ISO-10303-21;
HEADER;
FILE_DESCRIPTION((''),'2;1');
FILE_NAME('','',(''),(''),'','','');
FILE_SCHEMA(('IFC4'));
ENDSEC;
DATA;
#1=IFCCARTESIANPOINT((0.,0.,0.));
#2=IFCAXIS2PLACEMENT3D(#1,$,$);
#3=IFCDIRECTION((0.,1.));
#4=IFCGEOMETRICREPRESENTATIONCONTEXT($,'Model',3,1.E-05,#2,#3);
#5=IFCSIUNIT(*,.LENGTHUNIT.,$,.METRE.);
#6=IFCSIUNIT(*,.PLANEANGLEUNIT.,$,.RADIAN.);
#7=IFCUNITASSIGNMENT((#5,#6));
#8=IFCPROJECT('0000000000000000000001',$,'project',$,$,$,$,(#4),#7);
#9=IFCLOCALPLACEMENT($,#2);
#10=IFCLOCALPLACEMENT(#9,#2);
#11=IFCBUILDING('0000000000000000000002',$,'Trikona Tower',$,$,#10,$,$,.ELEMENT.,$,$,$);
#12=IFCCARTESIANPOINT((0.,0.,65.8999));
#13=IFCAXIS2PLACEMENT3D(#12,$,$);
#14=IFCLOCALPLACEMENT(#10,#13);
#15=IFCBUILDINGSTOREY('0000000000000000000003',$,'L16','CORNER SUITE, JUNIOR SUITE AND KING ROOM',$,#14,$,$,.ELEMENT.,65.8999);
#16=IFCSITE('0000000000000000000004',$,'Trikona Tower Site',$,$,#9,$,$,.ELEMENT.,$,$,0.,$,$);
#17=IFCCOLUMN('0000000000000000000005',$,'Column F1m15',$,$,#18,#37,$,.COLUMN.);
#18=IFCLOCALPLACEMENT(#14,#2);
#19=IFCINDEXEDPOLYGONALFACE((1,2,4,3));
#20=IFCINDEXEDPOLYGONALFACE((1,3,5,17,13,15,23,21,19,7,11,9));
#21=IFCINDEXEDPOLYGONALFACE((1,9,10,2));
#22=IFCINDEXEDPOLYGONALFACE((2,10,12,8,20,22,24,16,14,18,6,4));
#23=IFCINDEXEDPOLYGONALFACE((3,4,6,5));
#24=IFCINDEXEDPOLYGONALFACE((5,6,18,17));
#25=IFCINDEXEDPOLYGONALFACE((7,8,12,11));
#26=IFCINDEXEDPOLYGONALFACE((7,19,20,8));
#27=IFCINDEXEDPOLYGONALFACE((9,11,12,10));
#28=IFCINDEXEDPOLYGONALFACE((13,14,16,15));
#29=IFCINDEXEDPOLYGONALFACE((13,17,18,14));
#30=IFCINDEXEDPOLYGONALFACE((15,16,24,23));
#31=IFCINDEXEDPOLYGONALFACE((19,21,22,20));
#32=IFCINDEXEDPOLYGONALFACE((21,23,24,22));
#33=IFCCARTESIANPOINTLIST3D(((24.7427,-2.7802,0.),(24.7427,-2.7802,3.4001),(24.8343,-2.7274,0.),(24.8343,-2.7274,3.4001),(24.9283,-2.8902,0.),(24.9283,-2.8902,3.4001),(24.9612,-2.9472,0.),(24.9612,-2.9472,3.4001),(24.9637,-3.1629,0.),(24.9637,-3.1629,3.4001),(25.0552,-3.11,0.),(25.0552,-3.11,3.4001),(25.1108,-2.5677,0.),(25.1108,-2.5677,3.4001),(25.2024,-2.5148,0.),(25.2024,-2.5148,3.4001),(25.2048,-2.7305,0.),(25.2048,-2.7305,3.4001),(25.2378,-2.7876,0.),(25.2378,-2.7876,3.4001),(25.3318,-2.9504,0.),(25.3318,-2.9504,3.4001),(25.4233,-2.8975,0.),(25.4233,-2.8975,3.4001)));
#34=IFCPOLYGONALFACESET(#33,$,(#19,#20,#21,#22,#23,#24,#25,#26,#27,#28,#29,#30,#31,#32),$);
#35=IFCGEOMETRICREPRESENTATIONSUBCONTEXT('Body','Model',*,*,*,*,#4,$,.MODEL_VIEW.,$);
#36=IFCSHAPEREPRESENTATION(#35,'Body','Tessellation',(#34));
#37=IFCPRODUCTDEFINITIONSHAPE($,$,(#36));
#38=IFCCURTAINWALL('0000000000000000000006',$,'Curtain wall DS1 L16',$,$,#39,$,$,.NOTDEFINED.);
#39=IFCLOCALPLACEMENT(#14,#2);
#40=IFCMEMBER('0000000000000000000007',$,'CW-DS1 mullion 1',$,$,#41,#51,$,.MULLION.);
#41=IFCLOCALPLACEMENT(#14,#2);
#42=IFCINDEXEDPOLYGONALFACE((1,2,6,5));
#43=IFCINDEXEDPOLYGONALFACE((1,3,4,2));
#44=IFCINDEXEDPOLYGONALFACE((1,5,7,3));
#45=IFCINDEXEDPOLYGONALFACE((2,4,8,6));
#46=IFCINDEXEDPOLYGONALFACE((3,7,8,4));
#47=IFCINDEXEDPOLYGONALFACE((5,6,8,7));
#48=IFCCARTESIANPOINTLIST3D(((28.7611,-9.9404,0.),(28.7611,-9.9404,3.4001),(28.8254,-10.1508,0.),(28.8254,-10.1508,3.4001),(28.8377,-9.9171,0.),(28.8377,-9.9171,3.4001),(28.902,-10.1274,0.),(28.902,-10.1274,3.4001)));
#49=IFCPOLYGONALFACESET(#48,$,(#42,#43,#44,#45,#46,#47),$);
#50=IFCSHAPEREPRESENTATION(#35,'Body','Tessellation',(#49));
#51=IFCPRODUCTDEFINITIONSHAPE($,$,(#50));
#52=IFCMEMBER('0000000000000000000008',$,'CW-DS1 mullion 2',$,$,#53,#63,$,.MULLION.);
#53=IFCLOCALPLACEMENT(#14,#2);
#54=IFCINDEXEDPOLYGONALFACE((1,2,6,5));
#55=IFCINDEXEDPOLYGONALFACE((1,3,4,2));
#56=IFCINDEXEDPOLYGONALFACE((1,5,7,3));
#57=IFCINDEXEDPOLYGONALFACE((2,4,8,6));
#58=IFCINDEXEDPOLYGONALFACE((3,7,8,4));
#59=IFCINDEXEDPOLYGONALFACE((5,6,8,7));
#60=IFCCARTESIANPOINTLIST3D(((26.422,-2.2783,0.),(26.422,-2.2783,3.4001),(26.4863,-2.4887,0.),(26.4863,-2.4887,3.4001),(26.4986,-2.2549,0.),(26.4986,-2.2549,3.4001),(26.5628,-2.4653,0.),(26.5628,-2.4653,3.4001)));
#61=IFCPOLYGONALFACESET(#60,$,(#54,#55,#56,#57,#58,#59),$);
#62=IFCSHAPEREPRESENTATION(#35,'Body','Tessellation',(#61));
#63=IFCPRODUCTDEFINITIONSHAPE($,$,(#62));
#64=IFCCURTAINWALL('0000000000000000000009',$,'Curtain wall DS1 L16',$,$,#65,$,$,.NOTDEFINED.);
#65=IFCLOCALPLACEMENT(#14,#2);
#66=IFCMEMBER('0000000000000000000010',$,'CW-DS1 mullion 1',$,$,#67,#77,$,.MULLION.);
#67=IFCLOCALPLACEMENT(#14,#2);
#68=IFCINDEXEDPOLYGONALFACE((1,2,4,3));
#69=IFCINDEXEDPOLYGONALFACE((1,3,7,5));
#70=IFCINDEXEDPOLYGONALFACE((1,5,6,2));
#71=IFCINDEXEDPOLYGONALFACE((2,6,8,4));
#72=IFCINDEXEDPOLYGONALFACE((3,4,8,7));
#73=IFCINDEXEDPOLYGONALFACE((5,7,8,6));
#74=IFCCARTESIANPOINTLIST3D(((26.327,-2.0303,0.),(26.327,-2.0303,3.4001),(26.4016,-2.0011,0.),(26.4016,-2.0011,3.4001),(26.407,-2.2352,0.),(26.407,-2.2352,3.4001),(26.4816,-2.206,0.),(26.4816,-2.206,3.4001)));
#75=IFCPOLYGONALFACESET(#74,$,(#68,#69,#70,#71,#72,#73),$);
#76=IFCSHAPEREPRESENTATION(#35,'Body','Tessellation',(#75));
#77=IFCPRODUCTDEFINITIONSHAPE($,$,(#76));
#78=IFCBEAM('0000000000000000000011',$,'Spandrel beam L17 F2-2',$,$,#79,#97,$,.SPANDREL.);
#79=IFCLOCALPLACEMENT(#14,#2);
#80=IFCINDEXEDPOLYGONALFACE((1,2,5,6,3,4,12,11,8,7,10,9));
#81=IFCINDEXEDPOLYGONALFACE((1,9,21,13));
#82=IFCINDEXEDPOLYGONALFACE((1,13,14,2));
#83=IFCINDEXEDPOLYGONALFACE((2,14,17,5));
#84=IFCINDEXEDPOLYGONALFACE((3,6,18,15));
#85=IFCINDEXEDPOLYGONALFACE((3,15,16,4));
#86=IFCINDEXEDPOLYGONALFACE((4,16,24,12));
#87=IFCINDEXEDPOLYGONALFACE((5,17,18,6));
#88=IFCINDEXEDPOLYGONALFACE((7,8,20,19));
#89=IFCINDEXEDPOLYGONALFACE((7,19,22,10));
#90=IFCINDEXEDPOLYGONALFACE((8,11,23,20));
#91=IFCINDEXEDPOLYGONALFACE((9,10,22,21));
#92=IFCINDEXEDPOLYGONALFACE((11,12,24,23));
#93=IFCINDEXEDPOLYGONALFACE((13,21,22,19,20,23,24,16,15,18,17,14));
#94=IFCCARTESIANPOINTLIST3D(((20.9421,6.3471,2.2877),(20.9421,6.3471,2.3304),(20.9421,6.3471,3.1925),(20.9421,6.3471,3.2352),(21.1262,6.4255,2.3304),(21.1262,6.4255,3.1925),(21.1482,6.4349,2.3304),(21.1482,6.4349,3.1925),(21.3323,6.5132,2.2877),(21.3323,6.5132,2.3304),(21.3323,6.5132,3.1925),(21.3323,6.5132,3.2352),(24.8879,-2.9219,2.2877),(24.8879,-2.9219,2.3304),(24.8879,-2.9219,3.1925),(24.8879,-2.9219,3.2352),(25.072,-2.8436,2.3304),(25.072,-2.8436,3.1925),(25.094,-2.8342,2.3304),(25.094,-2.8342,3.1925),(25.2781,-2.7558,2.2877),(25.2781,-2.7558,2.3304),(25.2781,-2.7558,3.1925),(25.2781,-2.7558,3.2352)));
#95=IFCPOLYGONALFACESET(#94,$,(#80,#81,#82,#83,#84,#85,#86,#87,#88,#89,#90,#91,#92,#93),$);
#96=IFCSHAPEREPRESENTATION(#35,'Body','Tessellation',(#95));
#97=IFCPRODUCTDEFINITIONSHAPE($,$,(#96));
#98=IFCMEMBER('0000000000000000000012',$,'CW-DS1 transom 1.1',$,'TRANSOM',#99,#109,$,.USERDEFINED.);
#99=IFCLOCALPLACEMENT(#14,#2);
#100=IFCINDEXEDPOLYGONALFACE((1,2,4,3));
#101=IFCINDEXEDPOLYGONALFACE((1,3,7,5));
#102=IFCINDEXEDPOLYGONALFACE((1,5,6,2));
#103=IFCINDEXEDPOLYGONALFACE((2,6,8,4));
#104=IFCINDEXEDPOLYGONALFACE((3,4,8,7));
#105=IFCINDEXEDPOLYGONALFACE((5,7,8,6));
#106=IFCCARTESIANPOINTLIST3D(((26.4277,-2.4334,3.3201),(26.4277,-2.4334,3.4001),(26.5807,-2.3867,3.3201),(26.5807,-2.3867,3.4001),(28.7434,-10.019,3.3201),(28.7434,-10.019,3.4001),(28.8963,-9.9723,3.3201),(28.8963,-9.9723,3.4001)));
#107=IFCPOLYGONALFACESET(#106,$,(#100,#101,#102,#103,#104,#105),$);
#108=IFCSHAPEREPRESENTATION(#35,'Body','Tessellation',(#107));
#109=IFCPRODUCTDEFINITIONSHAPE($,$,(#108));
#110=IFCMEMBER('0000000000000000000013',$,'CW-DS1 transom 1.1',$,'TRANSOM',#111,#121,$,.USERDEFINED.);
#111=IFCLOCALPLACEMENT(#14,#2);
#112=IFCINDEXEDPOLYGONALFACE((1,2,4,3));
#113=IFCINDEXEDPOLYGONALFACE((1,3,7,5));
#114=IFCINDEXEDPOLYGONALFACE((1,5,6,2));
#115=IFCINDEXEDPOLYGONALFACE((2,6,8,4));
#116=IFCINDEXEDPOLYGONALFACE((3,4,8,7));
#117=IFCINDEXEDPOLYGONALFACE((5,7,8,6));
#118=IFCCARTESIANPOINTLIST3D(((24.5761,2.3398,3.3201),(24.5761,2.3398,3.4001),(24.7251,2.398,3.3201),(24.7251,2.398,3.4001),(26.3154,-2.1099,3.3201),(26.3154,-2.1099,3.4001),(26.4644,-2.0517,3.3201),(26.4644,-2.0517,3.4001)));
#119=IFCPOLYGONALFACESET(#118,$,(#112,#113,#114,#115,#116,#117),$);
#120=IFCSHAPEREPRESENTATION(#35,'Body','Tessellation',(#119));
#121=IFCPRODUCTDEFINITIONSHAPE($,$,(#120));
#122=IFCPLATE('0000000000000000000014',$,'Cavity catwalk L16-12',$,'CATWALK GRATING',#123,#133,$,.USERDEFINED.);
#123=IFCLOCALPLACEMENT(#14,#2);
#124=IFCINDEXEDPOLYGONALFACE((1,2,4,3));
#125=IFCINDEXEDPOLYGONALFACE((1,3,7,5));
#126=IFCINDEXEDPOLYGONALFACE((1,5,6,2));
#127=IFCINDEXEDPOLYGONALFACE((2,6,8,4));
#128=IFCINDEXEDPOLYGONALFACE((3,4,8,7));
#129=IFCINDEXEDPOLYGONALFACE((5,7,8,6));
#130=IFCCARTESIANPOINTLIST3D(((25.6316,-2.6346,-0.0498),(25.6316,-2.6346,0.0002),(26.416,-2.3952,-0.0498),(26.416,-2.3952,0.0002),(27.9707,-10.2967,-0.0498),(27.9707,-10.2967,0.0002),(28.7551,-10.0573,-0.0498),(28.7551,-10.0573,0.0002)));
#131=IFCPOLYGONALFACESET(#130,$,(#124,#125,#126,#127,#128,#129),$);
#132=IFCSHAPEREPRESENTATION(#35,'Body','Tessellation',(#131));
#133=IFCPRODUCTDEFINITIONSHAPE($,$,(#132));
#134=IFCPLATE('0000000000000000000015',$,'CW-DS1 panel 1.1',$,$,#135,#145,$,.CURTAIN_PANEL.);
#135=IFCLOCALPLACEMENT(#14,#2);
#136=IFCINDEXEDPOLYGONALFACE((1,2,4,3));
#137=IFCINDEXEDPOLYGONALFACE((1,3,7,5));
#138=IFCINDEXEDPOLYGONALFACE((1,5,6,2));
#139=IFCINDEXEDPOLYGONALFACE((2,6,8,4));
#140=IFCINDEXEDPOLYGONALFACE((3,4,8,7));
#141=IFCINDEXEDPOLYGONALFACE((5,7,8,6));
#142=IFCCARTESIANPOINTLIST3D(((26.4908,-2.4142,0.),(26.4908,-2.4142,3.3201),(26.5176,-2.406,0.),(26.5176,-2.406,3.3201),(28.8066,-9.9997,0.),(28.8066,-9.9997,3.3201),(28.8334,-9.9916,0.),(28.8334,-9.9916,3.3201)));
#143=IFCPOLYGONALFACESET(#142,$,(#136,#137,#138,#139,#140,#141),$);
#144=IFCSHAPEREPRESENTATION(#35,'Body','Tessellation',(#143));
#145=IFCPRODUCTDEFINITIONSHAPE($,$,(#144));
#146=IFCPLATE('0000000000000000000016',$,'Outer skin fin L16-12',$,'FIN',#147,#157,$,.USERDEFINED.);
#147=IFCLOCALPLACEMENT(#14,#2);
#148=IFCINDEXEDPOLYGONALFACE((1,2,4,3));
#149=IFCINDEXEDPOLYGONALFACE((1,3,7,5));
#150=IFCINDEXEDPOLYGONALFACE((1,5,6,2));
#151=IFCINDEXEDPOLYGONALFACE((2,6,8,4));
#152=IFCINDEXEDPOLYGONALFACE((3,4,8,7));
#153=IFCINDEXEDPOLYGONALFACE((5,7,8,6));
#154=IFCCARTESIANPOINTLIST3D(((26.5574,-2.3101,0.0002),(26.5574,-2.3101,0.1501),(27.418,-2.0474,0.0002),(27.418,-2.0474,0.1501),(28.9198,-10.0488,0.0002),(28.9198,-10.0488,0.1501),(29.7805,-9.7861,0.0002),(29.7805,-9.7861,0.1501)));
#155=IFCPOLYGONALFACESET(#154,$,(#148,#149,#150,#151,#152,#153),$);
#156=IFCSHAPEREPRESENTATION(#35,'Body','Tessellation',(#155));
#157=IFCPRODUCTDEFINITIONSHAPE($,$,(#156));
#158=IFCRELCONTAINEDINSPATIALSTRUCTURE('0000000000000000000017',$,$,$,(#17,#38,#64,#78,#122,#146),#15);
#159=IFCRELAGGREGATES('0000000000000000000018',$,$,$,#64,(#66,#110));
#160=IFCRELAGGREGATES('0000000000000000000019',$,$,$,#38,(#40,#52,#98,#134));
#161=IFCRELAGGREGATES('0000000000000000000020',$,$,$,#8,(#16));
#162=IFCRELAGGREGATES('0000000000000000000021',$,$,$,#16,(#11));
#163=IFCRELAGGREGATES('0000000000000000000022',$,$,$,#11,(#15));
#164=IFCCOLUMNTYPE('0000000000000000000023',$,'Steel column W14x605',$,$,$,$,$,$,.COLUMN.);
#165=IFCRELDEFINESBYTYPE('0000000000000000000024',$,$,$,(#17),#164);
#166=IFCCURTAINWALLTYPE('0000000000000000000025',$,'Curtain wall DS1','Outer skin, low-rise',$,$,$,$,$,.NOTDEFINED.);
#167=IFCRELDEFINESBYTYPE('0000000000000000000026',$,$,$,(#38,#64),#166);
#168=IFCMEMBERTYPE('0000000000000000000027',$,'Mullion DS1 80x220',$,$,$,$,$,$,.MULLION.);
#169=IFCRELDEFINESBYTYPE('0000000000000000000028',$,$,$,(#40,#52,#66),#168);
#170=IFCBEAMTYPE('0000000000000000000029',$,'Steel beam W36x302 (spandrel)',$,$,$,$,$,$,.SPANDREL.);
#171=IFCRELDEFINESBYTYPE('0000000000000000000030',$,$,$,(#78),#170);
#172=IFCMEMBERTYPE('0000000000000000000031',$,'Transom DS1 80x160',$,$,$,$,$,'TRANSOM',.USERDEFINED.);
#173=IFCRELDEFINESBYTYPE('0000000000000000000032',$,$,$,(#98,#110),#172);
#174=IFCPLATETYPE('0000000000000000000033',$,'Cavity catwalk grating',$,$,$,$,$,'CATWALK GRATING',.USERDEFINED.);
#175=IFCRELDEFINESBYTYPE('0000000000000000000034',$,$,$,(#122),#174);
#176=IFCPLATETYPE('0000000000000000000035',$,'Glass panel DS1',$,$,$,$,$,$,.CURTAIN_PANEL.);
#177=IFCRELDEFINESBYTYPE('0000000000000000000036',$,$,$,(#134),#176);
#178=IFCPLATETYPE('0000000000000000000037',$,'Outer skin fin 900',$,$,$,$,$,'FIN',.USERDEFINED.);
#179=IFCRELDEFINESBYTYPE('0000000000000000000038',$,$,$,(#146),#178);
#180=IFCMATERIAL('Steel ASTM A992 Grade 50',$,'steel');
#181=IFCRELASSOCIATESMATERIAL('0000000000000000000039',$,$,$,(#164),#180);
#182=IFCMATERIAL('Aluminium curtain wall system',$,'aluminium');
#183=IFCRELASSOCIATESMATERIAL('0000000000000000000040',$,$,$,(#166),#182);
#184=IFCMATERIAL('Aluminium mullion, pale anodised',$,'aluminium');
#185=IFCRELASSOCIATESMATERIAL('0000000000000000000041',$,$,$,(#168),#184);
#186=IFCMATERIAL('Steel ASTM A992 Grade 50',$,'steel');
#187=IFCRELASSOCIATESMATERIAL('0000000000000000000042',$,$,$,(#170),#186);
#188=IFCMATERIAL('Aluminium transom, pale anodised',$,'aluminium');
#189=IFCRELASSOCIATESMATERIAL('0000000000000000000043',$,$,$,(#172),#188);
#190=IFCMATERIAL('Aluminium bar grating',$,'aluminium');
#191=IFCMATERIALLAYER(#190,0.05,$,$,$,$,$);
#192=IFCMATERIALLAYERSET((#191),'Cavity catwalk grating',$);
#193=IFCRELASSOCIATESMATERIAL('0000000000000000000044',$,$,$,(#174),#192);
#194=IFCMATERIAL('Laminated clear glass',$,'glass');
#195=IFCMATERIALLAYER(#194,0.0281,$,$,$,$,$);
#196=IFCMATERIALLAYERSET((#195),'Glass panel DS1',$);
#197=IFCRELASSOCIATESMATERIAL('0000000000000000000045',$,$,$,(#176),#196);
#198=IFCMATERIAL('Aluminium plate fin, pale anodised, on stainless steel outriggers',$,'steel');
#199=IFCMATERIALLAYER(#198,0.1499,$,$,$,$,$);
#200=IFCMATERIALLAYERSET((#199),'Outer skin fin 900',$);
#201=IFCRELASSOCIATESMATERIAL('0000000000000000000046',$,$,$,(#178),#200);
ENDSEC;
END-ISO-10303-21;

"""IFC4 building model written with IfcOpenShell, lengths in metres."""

from ifc_helpers import new_model, si_unit, direction, frame, origin, origin_2d, place, context, subcontext, project, spatial, rectangle, i_section, extrude, material, layer, layer_set, material_profile, profile_set, type_object, element, aggregate, save


model = new_model("IFC4")

# Units and contexts
model_context = context("Model", 3, precision=1e-05, world=origin(), true_north=direction((0.0, 1.0)))
body_context = subcontext(model_context, "Body", "Model", "MODEL_VIEW")
ifc_project = project(units=[si_unit("LENGTHUNIT", "METRE"), si_unit("PLANEANGLEUNIT", "RADIAN")], contexts=[model_context])

# Site, building, storey
site_placement = place(None, origin())
site = spatial("IfcSite", under=ifc_project, at=site_placement, Name="Trikona Tower Site", CompositionType="ELEMENT", RefElevation=0.0)
building_placement = place(site_placement, origin())
building = spatial("IfcBuilding", under=site, at=building_placement, Name="Trikona Tower", CompositionType="ELEMENT")
storey_placement = place(building_placement, frame((0.0, 0.0, 65.8999)))
storey = spatial("IfcBuildingStorey", under=building, at=storey_placement, Name="L16", Description="CORNER SUITE, JUNIOR SUITE AND KING ROOM", CompositionType="ELEMENT", Elevation=65.8999)

# Column
ifc_material_1 = material(Name="Steel ASTM A992 Grade 50", Category="steel")
ifc_material_profile_1 = material_profile(ifc_material_1, i_section(OverallWidth=0.4419, OverallDepth=0.5308, WebThickness=0.0659, FlangeThickness=0.1057, at=origin_2d()), Name="W14X605")
ifc_profile_set_1 = profile_set([ifc_material_profile_1], Name="Steel ASTM A992 Grade 50")
column_type = type_object("IfcColumnType", Name="Steel column W14x605", PredefinedType="COLUMN", material=ifc_profile_set_1)
column_placement = place(storey_placement, frame((25.083, -2.8389, 0.0), z_axis=(0.0, 0.0, 1.0), x_axis=(-0.5, 0.866025, 0.0)))
element("IfcColumn", 1, at=column_placement, inside=storey, type_object=column_type, Name="Column F1m15", PredefinedType="COLUMN", context=body_context, shape_type="SweptSolid", body=[
    extrude(i_section(OverallWidth=0.4419, OverallDepth=0.5308, WebThickness=0.0659, FlangeThickness=0.1057, at=origin_2d()), origin(), (0.0, 0.0, 1.0), 3.4001),
])

# Curtain wall, members
ifc_material_2 = material(Name="Aluminium curtain wall system", Category="aluminium")
curtain_wall_type = type_object("IfcCurtainWallType", Name="Curtain wall DS1", Description="Outer skin, low-rise", PredefinedType="NOTDEFINED", material=ifc_material_2)
curtain_wall_1_placement = place(storey_placement, origin())
curtain_wall_1 = element("IfcCurtainWall", 2, at=curtain_wall_1_placement, inside=storey, type_object=curtain_wall_type, Name="Curtain wall DS1 L16", PredefinedType="NOTDEFINED")
ifc_material_3 = material(Name="Aluminium mullion, pale anodised", Category="aluminium")
ifc_material_profile_2 = material_profile(ifc_material_3, rectangle(XDim=0.0801, YDim=0.22, at=origin_2d()), Name="MUL-DS1")
ifc_profile_set_2 = profile_set([ifc_material_profile_2], Name="Aluminium mullion, pale anodised")
member_type_1 = type_object("IfcMemberType", Name="Mullion DS1 80x220", PredefinedType="MULLION", material=ifc_profile_set_2)
member_1_placement = place(storey_placement, frame((28.8315, -10.0339, 0.0), z_axis=(0.0, 0.0, 1.0), x_axis=(-0.956423, -0.291984, 0.0)))
member_1 = element("IfcMember", 3, at=member_1_placement, type_object=member_type_1, Name="CW-DS1 mullion 1", PredefinedType="MULLION", context=body_context, shape_type="SweptSolid", body=[
    extrude(rectangle(XDim=0.0801, YDim=0.22, at=origin_2d()), origin(), (0.0, 0.0, 1.0), 3.4001),
])
member_2_placement = place(storey_placement, frame((26.4924, -2.3718, 0.0), z_axis=(0.0, 0.0, 1.0), x_axis=(-0.956423, -0.291984, 0.0)))
member_2 = element("IfcMember", 4, at=member_2_placement, type_object=member_type_1, Name="CW-DS1 mullion 2", PredefinedType="MULLION", context=body_context, shape_type="SweptSolid", body=[
    extrude(rectangle(XDim=0.0801, YDim=0.22, at=origin_2d()), origin(), (0.0, 0.0, 1.0), 3.4001),
])

# Curtain wall, member
curtain_wall_2_placement = place(storey_placement, origin())
curtain_wall_2 = element("IfcCurtainWall", 5, at=curtain_wall_2_placement, inside=storey, type_object=curtain_wall_type, Name="Curtain wall DS1 L16", PredefinedType="NOTDEFINED")
member_3_placement = place(storey_placement, frame((26.4043, -2.1182, 0.0), z_axis=(0.0, 0.0, 1.0), x_axis=(-0.931396, -0.364008, 0.0)))
member_3 = element("IfcMember", 6, at=member_3_placement, type_object=member_type_1, Name="CW-DS1 mullion 1", PredefinedType="MULLION", context=body_context, shape_type="SweptSolid", body=[
    extrude(rectangle(XDim=0.0801, YDim=0.22, at=origin_2d()), origin(), (0.0, 0.0, 1.0), 3.4001),
])

# Beam
ifc_material_4 = material(Name="Steel ASTM A992 Grade 50", Category="steel")
ifc_material_profile_3 = material_profile(ifc_material_4, i_section(OverallWidth=0.4241, OverallDepth=0.9475, WebThickness=0.0239, FlangeThickness=0.0427, at=origin_2d()), Name="W36X302")
ifc_profile_set_3 = profile_set([ifc_material_profile_3], Name="Steel ASTM A992 Grade 50")
beam_type = type_object("IfcBeamType", Name="Steel beam W36x302 (spandrel)", PredefinedType="SPANDREL", material=ifc_profile_set_3)
beam_placement = place(storey_placement, frame((25.083, -2.8389, 2.7615), z_axis=(-0.391684, 0.9201, 0.0), x_axis=(-0.9201, -0.391684, 0.0)))
element("IfcBeam", 7, at=beam_placement, inside=storey, type_object=beam_type, Name="Spandrel beam L17 F2-2", PredefinedType="SPANDREL", context=body_context, shape_type="SweptSolid", body=[
    extrude(i_section(OverallWidth=0.4241, OverallDepth=0.9475, WebThickness=0.0239, FlangeThickness=0.0427, at=origin_2d()), origin(), (0.0, 0.0, 1.0), 10.074),
])

# Members
ifc_material_5 = material(Name="Aluminium transom, pale anodised", Category="aluminium")
ifc_material_profile_4 = material_profile(ifc_material_5, rectangle(XDim=0.1599, YDim=0.0801, at=origin_2d()), Name="TRN-DS1")
ifc_profile_set_4 = profile_set([ifc_material_profile_4], Name="Aluminium transom, pale anodised")
member_type_2 = type_object("IfcMemberType", Name="Transom DS1 80x160", ElementType="TRANSOM", PredefinedType="USERDEFINED", material=ifc_profile_set_4)
member_4_placement = place(storey_placement, frame((28.8198, -9.9956, 3.3601), z_axis=(-0.291967, 0.956428, 0.0), x_axis=(-0.956428, -0.291967, 0.0)))
member_4 = element("IfcMember", 8, at=member_4_placement, type_object=member_type_2, Name="CW-DS1 transom 1.1", ObjectType="TRANSOM", PredefinedType="USERDEFINED", context=body_context, shape_type="SweptSolid", body=[
    extrude(rectangle(XDim=0.1599, YDim=0.0801, at=origin_2d()), origin(), (0.0, 0.0, 1.0), 7.9312),
])
member_5_placement = place(storey_placement, frame((26.3899, -2.0808, 3.3601), z_axis=(-0.364049, 0.93138, 0.0), x_axis=(-0.93138, -0.364049, 0.0)))
member_5 = element("IfcMember", 9, at=member_5_placement, type_object=member_type_2, Name="CW-DS1 transom 1.1", ObjectType="TRANSOM", PredefinedType="USERDEFINED", context=body_context, shape_type="SweptSolid", body=[
    extrude(rectangle(XDim=0.1599, YDim=0.0801, at=origin_2d()), origin(), (0.0, 0.0, 1.0), 4.7776),
])
aggregate(curtain_wall_2, [member_3, member_5])

# Plates
ifc_material_6 = material(Name="Aluminium bar grating", Category="aluminium")
ifc_layer_1 = layer(ifc_material_6, 0.05)
ifc_layer_set_1 = layer_set([ifc_layer_1], Name="Cavity catwalk grating")
plate_type_1 = type_object("IfcPlateType", Name="Cavity catwalk grating", ElementType="CATWALK GRATING", PredefinedType="USERDEFINED", material=ifc_layer_set_1)
plate_1_placement = place(storey_placement, frame((27.1934, -6.3459, -0.0498), z_axis=(0.0, 0.0, 1.0), x_axis=(-0.291979, 0.956425, 0.0)))
element("IfcPlate", 10, at=plate_1_placement, inside=storey, type_object=plate_type_1, Name="Cavity catwalk L16-12", ObjectType="CATWALK GRATING", PredefinedType="USERDEFINED", context=body_context, shape_type="SweptSolid", body=[
    extrude(rectangle(XDim=8.0112, YDim=0.8201, at=origin_2d()), origin(), (0.0, 0.0, 1.0), 0.05),
])
ifc_material_7 = material(Name="Laminated clear glass", Category="glass")
ifc_layer_2 = layer(ifc_material_7, 0.0281)
ifc_layer_set_2 = layer_set([ifc_layer_2], Name="Glass panel DS1")
plate_type_2 = type_object("IfcPlateType", Name="Glass panel DS1", PredefinedType="CURTAIN_PANEL", material=ifc_layer_set_2)
plate_2_placement = place(storey_placement, frame((27.6621, -6.2029, 0.0), z_axis=(0.0, 0.0, 1.0), x_axis=(-0.291984, 0.956423, 0.0)))
plate_2 = element("IfcPlate", 11, at=plate_2_placement, type_object=plate_type_2, Name="CW-DS1 panel 1.1", PredefinedType="CURTAIN_PANEL", context=body_context, shape_type="SweptSolid", body=[
    extrude(rectangle(XDim=7.9312, YDim=0.0281, at=origin_2d()), origin(), (0.0, 0.0, 1.0), 3.3201),
])
aggregate(curtain_wall_1, [member_1, member_2, member_4, plate_2])
ifc_material_8 = material(Name="Aluminium plate fin, pale anodised, on stainless steel outriggers", Category="steel")
ifc_layer_3 = layer(ifc_material_8, 0.1499)
ifc_layer_set_3 = layer_set([ifc_layer_3], Name="Outer skin fin 900")
plate_type_3 = type_object("IfcPlateType", Name="Outer skin fin 900", ElementType="FIN", PredefinedType="USERDEFINED", material=ifc_layer_set_3)
plate_3_placement = place(storey_placement, frame((28.1689, -6.0481, 0.0002), z_axis=(0.0, 0.0, 1.0), x_axis=(-0.291979, 0.956425, 0.0)))
element("IfcPlate", 12, at=plate_3_placement, inside=storey, type_object=plate_type_3, Name="Outer skin fin L16-12", ObjectType="FIN", PredefinedType="USERDEFINED", context=body_context, shape_type="SweptSolid", body=[
    extrude(rectangle(XDim=8.0913, YDim=0.8999, at=origin_2d()), origin(), (0.0, 0.0, 1.0), 0.1499),
])

save(model, "model.ifc")
